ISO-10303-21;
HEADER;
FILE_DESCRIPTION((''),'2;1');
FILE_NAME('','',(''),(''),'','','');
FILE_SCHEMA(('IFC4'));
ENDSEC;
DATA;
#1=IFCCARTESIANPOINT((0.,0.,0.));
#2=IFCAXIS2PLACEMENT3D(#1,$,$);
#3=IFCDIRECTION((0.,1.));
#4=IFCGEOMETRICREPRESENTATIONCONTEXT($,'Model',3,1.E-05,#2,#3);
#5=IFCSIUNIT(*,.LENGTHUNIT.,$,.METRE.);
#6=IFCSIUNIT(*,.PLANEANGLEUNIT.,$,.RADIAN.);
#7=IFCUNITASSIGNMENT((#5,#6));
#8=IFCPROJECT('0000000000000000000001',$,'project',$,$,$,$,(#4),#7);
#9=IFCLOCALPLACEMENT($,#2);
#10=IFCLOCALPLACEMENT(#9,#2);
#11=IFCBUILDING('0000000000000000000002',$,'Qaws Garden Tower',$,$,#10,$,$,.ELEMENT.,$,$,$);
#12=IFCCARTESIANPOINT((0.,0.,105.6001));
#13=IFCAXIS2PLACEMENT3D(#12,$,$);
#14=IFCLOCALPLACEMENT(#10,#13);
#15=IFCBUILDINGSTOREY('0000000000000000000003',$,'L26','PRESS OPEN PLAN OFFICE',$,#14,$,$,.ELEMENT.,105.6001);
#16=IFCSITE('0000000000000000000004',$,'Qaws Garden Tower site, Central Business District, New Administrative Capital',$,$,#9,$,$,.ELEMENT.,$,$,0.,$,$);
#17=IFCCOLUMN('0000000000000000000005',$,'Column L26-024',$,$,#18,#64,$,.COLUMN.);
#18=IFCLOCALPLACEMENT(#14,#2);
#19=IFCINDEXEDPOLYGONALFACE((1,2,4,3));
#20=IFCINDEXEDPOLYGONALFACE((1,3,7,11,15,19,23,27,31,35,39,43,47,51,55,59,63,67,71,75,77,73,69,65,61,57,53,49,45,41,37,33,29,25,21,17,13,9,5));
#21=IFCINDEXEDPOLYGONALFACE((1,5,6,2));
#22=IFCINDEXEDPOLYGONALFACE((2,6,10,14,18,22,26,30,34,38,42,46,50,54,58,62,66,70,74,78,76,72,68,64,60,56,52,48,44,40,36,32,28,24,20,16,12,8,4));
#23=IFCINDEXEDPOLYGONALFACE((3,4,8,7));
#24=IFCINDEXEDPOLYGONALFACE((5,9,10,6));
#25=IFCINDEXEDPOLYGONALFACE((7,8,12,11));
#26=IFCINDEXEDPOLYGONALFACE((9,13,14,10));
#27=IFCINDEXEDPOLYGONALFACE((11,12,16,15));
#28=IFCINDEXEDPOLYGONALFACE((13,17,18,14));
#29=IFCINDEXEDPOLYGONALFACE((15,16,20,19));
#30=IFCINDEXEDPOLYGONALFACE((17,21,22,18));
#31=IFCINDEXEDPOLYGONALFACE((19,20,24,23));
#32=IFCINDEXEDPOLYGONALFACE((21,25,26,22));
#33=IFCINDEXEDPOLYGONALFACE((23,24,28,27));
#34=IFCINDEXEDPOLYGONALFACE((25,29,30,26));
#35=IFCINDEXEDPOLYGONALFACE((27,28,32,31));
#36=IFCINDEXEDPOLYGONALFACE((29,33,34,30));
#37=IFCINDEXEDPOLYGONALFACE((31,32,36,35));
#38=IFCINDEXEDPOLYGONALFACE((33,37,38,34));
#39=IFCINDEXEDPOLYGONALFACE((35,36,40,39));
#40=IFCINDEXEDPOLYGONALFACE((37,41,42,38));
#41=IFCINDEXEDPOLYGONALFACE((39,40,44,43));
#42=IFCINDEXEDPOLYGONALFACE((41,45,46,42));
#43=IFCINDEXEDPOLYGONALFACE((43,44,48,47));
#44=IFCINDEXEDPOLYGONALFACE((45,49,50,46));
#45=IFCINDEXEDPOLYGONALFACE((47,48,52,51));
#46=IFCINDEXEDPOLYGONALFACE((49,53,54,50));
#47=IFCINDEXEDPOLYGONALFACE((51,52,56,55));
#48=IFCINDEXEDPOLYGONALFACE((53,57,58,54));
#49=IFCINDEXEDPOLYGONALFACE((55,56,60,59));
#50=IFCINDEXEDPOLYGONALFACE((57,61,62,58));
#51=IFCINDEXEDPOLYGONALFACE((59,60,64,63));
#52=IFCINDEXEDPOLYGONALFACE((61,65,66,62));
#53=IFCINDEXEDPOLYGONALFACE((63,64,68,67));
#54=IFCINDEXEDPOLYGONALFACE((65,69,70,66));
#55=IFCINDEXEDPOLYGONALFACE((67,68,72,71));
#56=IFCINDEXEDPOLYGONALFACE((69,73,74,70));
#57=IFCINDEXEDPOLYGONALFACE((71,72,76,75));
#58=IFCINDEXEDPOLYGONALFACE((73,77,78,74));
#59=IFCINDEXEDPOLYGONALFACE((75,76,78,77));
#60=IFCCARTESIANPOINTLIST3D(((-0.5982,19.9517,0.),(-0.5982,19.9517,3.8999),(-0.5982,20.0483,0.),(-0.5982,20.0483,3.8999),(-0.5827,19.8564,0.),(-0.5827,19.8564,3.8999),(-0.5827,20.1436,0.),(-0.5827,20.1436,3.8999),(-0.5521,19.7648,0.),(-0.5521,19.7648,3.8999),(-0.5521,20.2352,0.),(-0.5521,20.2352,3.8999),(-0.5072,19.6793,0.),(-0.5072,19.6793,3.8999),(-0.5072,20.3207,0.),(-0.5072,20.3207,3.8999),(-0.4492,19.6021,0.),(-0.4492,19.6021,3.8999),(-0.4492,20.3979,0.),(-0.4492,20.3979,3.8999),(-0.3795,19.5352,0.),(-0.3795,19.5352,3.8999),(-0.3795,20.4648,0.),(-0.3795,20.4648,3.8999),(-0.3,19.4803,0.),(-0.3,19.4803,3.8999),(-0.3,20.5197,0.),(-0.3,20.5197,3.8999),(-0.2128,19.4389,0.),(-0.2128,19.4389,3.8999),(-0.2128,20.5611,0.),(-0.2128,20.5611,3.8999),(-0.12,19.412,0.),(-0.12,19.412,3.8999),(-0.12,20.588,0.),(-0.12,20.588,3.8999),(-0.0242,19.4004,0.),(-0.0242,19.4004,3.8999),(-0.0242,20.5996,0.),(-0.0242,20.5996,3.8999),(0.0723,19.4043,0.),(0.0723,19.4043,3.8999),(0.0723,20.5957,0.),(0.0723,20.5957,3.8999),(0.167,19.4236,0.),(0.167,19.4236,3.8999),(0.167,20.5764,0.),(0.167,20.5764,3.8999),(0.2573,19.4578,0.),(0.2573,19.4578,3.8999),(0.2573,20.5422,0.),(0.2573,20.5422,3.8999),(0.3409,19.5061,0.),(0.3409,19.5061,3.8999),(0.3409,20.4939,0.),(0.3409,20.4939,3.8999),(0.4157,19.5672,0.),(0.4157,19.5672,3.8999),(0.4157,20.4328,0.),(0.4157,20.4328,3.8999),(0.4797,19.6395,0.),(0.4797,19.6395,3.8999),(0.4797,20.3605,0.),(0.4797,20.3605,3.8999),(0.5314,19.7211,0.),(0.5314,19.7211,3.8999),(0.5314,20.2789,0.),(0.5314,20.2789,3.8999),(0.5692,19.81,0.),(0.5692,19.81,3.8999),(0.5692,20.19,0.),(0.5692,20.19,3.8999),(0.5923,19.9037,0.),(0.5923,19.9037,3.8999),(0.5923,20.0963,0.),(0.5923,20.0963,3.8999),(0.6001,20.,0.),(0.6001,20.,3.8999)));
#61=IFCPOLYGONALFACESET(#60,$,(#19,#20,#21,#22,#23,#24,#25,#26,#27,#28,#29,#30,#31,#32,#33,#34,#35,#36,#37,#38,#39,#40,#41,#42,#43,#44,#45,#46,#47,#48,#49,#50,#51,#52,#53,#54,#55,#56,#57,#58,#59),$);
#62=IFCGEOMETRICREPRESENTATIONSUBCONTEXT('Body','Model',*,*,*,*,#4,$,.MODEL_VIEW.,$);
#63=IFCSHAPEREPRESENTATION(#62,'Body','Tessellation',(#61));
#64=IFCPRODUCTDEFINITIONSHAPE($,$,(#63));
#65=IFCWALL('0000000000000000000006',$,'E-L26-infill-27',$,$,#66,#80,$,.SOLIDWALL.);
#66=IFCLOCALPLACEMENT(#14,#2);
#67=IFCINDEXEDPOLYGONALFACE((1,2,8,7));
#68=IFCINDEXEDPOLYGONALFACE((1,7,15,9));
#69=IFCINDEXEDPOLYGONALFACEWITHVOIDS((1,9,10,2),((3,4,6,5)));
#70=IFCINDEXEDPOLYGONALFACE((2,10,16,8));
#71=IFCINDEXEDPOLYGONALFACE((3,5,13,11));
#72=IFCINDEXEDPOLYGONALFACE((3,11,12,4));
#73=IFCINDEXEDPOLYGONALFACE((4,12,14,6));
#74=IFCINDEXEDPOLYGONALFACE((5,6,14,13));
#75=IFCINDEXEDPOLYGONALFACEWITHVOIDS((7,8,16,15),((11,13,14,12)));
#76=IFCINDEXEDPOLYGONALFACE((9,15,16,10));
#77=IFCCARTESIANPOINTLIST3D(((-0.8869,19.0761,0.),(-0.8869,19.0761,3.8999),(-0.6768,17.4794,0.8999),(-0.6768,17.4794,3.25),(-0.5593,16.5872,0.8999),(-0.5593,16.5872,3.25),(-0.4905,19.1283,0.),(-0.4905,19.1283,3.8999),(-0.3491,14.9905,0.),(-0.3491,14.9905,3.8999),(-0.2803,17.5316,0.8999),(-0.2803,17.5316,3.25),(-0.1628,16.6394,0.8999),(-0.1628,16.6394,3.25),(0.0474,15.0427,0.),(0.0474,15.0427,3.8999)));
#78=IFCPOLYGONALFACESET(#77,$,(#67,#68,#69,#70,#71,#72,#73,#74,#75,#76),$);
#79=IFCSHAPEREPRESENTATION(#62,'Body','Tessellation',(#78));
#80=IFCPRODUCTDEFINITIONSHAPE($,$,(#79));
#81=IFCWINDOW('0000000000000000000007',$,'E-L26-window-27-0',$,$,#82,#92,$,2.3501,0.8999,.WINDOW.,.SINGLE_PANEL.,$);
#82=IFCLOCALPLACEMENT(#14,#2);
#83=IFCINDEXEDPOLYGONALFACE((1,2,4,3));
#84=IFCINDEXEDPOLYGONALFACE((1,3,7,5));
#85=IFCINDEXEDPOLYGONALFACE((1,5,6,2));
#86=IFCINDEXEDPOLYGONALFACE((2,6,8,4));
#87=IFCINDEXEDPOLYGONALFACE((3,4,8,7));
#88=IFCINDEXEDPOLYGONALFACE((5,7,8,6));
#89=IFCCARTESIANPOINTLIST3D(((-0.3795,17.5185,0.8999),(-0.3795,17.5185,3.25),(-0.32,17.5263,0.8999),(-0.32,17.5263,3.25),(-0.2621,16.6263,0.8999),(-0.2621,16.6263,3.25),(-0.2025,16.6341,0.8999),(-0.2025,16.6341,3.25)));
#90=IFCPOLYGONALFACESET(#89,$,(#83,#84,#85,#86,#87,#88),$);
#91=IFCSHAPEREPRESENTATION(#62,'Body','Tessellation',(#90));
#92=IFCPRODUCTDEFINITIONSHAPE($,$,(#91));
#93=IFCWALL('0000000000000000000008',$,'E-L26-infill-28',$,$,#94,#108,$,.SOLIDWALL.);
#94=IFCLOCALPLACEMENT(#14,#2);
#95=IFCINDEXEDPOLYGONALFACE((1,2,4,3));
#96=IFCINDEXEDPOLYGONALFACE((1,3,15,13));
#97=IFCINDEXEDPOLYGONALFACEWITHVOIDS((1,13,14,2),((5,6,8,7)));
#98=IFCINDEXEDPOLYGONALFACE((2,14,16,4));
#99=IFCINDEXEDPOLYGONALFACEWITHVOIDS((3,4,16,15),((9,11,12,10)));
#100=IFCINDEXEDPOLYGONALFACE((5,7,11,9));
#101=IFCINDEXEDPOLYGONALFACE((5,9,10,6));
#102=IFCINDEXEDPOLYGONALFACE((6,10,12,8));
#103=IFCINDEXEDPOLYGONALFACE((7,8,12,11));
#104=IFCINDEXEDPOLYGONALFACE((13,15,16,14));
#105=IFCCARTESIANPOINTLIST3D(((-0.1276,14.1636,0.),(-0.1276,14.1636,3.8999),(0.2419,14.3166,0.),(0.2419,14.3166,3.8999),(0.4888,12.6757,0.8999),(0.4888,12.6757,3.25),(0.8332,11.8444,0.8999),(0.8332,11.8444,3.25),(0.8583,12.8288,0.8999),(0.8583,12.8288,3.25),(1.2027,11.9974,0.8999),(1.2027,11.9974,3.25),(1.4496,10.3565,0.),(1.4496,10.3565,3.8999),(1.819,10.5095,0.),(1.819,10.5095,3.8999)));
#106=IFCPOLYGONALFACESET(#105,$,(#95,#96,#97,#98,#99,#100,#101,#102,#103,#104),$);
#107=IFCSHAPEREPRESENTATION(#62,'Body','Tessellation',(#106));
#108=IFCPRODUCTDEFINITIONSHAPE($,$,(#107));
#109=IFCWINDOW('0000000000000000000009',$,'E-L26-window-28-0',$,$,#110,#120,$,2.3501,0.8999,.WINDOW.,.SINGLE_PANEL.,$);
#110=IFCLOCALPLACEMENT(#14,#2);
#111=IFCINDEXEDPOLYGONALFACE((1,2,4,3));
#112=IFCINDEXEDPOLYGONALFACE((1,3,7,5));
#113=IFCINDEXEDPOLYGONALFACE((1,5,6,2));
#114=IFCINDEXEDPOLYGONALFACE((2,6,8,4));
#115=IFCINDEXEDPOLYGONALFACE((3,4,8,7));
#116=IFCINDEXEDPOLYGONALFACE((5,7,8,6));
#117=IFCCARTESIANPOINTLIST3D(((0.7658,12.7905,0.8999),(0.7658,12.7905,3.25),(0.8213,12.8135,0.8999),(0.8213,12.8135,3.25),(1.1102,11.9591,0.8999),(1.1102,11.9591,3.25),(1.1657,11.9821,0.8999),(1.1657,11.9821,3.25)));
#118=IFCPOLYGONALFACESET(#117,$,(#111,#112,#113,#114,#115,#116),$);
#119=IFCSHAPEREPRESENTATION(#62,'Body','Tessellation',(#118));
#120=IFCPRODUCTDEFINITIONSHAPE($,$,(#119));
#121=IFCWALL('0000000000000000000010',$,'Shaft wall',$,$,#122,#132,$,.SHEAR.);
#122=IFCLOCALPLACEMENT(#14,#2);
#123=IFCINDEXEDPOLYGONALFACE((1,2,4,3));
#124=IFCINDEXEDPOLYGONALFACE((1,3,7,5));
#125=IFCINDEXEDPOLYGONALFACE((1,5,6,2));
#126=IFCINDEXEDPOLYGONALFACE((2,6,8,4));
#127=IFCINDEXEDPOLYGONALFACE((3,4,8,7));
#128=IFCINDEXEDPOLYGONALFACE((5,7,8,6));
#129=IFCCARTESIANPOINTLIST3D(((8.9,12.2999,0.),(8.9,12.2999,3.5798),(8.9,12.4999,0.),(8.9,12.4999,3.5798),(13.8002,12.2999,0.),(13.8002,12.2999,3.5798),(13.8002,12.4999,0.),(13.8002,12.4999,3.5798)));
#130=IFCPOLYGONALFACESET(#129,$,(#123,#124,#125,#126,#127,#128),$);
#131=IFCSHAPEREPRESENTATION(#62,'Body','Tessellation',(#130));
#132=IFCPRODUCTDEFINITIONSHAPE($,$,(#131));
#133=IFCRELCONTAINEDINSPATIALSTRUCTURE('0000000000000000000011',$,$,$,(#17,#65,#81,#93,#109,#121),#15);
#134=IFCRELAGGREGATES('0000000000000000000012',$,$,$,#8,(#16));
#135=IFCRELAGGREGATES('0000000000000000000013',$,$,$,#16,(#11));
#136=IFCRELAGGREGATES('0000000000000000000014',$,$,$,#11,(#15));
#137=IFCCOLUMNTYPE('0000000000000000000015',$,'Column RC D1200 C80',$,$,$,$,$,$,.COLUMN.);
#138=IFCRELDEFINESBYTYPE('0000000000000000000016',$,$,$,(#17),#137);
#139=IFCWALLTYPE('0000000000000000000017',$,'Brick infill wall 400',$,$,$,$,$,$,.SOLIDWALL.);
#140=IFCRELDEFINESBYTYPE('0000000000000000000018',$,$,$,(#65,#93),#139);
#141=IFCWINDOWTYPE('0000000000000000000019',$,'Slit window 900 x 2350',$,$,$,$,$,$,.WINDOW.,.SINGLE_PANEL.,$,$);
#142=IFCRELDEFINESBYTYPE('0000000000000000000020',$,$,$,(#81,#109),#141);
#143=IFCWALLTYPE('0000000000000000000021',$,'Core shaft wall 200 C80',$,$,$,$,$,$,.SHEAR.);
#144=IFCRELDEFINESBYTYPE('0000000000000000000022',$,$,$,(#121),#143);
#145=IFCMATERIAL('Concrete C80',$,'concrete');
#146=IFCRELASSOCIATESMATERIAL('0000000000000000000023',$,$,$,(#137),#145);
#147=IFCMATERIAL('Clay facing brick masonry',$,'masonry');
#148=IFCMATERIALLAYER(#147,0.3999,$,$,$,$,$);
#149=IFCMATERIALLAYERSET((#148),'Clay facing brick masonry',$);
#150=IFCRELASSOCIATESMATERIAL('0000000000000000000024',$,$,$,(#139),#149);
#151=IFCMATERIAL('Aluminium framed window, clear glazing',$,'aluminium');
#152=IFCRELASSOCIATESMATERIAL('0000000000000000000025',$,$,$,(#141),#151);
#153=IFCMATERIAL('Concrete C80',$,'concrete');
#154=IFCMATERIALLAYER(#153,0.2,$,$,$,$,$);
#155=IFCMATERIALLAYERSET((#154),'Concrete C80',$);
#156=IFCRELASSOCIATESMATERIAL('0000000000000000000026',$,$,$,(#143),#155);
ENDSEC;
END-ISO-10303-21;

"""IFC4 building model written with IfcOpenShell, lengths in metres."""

from ifc_helpers import new_model, si_unit, direction, frame, frame_2d, origin, origin_2d, place, context, subcontext, project, spatial, rectangle, circle, extrude, material, layer, layer_set, material_profile, profile_set, type_object, element, fill, save


model = new_model("IFC4")

# Units and contexts
model_context = context("Model", 3, precision=1e-05, world=origin(), true_north=direction((0.0, 1.0)))
body_context = subcontext(model_context, "Body", "Model", "MODEL_VIEW")
ifc_project = project(units=[si_unit("LENGTHUNIT", "METRE"), si_unit("PLANEANGLEUNIT", "RADIAN")], contexts=[model_context])

# Site, building, storey
site_placement = place(None, origin())
site = spatial("IfcSite", under=ifc_project, at=site_placement, Name="Qaws Garden Tower site, Central Business District, New Administrative Capital", CompositionType="ELEMENT", RefElevation=0.0)
building_placement = place(site_placement, origin())
building = spatial("IfcBuilding", under=site, at=building_placement, Name="Qaws Garden Tower", CompositionType="ELEMENT")
storey_placement = place(building_placement, frame((0.0, 0.0, 105.6001)))
storey = spatial("IfcBuildingStorey", under=building, at=storey_placement, Name="L26", Description="PRESS OPEN PLAN OFFICE", CompositionType="ELEMENT", Elevation=105.6001)

# Column
ifc_material_1 = material(Name="Concrete C80", Category="concrete")
ifc_material_profile = material_profile(ifc_material_1, circle(Radius=0.6001, at=origin_2d()), Name="RC D1200")
ifc_profile_set = profile_set([ifc_material_profile], Name="Concrete C80")
column_type = type_object("IfcColumnType", Name="Column RC D1200 C80", PredefinedType="COLUMN", material=ifc_profile_set)
column_placement = place(storey_placement, frame((0.0, 20.0, 0.0), z_axis=(0.0, 0.0, 1.0), x_axis=(1.0, 0.0, 0.0)))
element("IfcColumn", 1, at=column_placement, inside=storey, type_object=column_type, Name="Column L26-024", PredefinedType="COLUMN", context=body_context, shape_type="SweptSolid", body=[
    extrude(circle(Radius=0.6001, at=origin_2d()), origin(), (0.0, 0.0, 1.0), 3.8999),
])

# Walls, openings, windows
ifc_material_2 = material(Name="Clay facing brick masonry", Category="masonry")
ifc_layer_1 = layer(ifc_material_2, 0.3999)
ifc_layer_set_1 = layer_set([ifc_layer_1], Name="Clay facing brick masonry")
wall_type_1 = type_object("IfcWallType", Name="Brick infill wall 400", PredefinedType="SOLIDWALL", material=ifc_layer_set_1)
wall_1_placement = place(storey_placement, frame((-0.6887, 19.1023, 0.0), z_axis=(0.0, 0.0, 1.0), x_axis=(0.130514, -0.991446, 0.0)))
wall_1 = element("IfcWall", 2, at=wall_1_placement, inside=storey, type_object=wall_type_1, Name="E-L26-infill-27", PredefinedType="SOLIDWALL", context=body_context, shape_type="SweptSolid", body=[
    extrude(rectangle(XDim=4.1208, YDim=0.3999, at=frame_2d((2.0605, 0.0))), origin(), (0.0, 0.0, 1.0), 3.8999),
])
opening_1_placement = place(wall_1_placement, frame((1.6106, 0.0, 0.8999)))
opening_1 = element("IfcOpeningElement", 3, at=opening_1_placement, cuts=wall_1, PredefinedType="OPENING", context=body_context, shape_type="SweptSolid", body=[
    extrude(rectangle(XDim=0.8999, YDim=2.3501, at=frame_2d((0.45, 1.175))), frame((0.0, 0.21, 0.0), z_axis=(0.0, -1.0, 0.0), x_axis=(1.0, 0.0, 0.0)), (0.0, 0.0, 1.0), 0.4199),
])
ifc_material_3 = material(Name="Aluminium framed window, clear glazing", Category="aluminium")
window_type = type_object("IfcWindowType", Name="Slit window 900 x 2350", PartitioningType="SINGLE_PANEL", PredefinedType="WINDOW", material=ifc_material_3)
window_1_placement = place(opening_1_placement, origin())
window_1 = element("IfcWindow", 4, at=window_1_placement, inside=storey, type_object=window_type, Name="E-L26-window-27-0", OverallHeight=2.3501, OverallWidth=0.8999, PartitioningType="SINGLE_PANEL", PredefinedType="WINDOW", context=body_context, shape_type="SweptSolid", body=[
    extrude(rectangle(XDim=0.8999, YDim=2.3501, at=frame_2d((0.45, 1.175))), frame((0.0, 0.1599, 0.0), z_axis=(0.0, -1.0, 0.0), x_axis=(1.0, 0.0, 0.0)), (0.0, 0.0, 1.0), 0.0601),
])
fill(opening_1, window_1)
wall_2_placement = place(storey_placement, frame((0.0571, 14.2402, 0.0), z_axis=(0.0, 0.0, 1.0), x_axis=(0.382722, -0.923864, 0.0)))
wall_2 = element("IfcWall", 5, at=wall_2_placement, inside=storey, type_object=wall_type_1, Name="E-L26-infill-28", PredefinedType="SOLIDWALL", context=body_context, shape_type="SweptSolid", body=[
    extrude(rectangle(XDim=4.1208, YDim=0.3999, at=frame_2d((2.0605, 0.0))), origin(), (0.0, 0.0, 1.0), 3.8999),
])
opening_2_placement = place(wall_2_placement, frame((1.6106, 0.0, 0.8999)))
opening_2 = element("IfcOpeningElement", 6, at=opening_2_placement, cuts=wall_2, PredefinedType="OPENING", context=body_context, shape_type="SweptSolid", body=[
    extrude(rectangle(XDim=0.8999, YDim=2.3501, at=frame_2d((0.45, 1.175))), frame((0.0, 0.21, 0.0), z_axis=(0.0, -1.0, 0.0), x_axis=(1.0, 0.0, 0.0)), (0.0, 0.0, 1.0), 0.4199),
])
window_2_placement = place(opening_2_placement, origin())
window_2 = element("IfcWindow", 7, at=window_2_placement, inside=storey, type_object=window_type, Name="E-L26-window-28-0", OverallHeight=2.3501, OverallWidth=0.8999, PartitioningType="SINGLE_PANEL", PredefinedType="WINDOW", context=body_context, shape_type="SweptSolid", body=[
    extrude(rectangle(XDim=0.8999, YDim=2.3501, at=frame_2d((0.45, 1.175))), frame((0.0, 0.1599, 0.0), z_axis=(0.0, -1.0, 0.0), x_axis=(1.0, 0.0, 0.0)), (0.0, 0.0, 1.0), 0.0601),
])
fill(opening_2, window_2)

# Wall
ifc_material_4 = material(Name="Concrete C80", Category="concrete")
ifc_layer_2 = layer(ifc_material_4, 0.2)
ifc_layer_set_2 = layer_set([ifc_layer_2], Name="Concrete C80")
wall_type_2 = type_object("IfcWallType", Name="Core shaft wall 200 C80", PredefinedType="SHEAR", material=ifc_layer_set_2)
wall_3_placement = place(storey_placement, frame((8.8999, 12.3999, 0.0), z_axis=(0.0, 0.0, 1.0), x_axis=(1.0, 0.0, 0.0)))
element("IfcWall", 8, at=wall_3_placement, inside=storey, type_object=wall_type_2, Name="Shaft wall", PredefinedType="SHEAR", context=body_context, shape_type="SweptSolid", body=[
    extrude(rectangle(XDim=4.9001, YDim=0.2, at=frame_2d((2.4502, 0.0))), origin(), (0.0, 0.0, 1.0), 3.5798),
])

save(model, "model.ifc")
